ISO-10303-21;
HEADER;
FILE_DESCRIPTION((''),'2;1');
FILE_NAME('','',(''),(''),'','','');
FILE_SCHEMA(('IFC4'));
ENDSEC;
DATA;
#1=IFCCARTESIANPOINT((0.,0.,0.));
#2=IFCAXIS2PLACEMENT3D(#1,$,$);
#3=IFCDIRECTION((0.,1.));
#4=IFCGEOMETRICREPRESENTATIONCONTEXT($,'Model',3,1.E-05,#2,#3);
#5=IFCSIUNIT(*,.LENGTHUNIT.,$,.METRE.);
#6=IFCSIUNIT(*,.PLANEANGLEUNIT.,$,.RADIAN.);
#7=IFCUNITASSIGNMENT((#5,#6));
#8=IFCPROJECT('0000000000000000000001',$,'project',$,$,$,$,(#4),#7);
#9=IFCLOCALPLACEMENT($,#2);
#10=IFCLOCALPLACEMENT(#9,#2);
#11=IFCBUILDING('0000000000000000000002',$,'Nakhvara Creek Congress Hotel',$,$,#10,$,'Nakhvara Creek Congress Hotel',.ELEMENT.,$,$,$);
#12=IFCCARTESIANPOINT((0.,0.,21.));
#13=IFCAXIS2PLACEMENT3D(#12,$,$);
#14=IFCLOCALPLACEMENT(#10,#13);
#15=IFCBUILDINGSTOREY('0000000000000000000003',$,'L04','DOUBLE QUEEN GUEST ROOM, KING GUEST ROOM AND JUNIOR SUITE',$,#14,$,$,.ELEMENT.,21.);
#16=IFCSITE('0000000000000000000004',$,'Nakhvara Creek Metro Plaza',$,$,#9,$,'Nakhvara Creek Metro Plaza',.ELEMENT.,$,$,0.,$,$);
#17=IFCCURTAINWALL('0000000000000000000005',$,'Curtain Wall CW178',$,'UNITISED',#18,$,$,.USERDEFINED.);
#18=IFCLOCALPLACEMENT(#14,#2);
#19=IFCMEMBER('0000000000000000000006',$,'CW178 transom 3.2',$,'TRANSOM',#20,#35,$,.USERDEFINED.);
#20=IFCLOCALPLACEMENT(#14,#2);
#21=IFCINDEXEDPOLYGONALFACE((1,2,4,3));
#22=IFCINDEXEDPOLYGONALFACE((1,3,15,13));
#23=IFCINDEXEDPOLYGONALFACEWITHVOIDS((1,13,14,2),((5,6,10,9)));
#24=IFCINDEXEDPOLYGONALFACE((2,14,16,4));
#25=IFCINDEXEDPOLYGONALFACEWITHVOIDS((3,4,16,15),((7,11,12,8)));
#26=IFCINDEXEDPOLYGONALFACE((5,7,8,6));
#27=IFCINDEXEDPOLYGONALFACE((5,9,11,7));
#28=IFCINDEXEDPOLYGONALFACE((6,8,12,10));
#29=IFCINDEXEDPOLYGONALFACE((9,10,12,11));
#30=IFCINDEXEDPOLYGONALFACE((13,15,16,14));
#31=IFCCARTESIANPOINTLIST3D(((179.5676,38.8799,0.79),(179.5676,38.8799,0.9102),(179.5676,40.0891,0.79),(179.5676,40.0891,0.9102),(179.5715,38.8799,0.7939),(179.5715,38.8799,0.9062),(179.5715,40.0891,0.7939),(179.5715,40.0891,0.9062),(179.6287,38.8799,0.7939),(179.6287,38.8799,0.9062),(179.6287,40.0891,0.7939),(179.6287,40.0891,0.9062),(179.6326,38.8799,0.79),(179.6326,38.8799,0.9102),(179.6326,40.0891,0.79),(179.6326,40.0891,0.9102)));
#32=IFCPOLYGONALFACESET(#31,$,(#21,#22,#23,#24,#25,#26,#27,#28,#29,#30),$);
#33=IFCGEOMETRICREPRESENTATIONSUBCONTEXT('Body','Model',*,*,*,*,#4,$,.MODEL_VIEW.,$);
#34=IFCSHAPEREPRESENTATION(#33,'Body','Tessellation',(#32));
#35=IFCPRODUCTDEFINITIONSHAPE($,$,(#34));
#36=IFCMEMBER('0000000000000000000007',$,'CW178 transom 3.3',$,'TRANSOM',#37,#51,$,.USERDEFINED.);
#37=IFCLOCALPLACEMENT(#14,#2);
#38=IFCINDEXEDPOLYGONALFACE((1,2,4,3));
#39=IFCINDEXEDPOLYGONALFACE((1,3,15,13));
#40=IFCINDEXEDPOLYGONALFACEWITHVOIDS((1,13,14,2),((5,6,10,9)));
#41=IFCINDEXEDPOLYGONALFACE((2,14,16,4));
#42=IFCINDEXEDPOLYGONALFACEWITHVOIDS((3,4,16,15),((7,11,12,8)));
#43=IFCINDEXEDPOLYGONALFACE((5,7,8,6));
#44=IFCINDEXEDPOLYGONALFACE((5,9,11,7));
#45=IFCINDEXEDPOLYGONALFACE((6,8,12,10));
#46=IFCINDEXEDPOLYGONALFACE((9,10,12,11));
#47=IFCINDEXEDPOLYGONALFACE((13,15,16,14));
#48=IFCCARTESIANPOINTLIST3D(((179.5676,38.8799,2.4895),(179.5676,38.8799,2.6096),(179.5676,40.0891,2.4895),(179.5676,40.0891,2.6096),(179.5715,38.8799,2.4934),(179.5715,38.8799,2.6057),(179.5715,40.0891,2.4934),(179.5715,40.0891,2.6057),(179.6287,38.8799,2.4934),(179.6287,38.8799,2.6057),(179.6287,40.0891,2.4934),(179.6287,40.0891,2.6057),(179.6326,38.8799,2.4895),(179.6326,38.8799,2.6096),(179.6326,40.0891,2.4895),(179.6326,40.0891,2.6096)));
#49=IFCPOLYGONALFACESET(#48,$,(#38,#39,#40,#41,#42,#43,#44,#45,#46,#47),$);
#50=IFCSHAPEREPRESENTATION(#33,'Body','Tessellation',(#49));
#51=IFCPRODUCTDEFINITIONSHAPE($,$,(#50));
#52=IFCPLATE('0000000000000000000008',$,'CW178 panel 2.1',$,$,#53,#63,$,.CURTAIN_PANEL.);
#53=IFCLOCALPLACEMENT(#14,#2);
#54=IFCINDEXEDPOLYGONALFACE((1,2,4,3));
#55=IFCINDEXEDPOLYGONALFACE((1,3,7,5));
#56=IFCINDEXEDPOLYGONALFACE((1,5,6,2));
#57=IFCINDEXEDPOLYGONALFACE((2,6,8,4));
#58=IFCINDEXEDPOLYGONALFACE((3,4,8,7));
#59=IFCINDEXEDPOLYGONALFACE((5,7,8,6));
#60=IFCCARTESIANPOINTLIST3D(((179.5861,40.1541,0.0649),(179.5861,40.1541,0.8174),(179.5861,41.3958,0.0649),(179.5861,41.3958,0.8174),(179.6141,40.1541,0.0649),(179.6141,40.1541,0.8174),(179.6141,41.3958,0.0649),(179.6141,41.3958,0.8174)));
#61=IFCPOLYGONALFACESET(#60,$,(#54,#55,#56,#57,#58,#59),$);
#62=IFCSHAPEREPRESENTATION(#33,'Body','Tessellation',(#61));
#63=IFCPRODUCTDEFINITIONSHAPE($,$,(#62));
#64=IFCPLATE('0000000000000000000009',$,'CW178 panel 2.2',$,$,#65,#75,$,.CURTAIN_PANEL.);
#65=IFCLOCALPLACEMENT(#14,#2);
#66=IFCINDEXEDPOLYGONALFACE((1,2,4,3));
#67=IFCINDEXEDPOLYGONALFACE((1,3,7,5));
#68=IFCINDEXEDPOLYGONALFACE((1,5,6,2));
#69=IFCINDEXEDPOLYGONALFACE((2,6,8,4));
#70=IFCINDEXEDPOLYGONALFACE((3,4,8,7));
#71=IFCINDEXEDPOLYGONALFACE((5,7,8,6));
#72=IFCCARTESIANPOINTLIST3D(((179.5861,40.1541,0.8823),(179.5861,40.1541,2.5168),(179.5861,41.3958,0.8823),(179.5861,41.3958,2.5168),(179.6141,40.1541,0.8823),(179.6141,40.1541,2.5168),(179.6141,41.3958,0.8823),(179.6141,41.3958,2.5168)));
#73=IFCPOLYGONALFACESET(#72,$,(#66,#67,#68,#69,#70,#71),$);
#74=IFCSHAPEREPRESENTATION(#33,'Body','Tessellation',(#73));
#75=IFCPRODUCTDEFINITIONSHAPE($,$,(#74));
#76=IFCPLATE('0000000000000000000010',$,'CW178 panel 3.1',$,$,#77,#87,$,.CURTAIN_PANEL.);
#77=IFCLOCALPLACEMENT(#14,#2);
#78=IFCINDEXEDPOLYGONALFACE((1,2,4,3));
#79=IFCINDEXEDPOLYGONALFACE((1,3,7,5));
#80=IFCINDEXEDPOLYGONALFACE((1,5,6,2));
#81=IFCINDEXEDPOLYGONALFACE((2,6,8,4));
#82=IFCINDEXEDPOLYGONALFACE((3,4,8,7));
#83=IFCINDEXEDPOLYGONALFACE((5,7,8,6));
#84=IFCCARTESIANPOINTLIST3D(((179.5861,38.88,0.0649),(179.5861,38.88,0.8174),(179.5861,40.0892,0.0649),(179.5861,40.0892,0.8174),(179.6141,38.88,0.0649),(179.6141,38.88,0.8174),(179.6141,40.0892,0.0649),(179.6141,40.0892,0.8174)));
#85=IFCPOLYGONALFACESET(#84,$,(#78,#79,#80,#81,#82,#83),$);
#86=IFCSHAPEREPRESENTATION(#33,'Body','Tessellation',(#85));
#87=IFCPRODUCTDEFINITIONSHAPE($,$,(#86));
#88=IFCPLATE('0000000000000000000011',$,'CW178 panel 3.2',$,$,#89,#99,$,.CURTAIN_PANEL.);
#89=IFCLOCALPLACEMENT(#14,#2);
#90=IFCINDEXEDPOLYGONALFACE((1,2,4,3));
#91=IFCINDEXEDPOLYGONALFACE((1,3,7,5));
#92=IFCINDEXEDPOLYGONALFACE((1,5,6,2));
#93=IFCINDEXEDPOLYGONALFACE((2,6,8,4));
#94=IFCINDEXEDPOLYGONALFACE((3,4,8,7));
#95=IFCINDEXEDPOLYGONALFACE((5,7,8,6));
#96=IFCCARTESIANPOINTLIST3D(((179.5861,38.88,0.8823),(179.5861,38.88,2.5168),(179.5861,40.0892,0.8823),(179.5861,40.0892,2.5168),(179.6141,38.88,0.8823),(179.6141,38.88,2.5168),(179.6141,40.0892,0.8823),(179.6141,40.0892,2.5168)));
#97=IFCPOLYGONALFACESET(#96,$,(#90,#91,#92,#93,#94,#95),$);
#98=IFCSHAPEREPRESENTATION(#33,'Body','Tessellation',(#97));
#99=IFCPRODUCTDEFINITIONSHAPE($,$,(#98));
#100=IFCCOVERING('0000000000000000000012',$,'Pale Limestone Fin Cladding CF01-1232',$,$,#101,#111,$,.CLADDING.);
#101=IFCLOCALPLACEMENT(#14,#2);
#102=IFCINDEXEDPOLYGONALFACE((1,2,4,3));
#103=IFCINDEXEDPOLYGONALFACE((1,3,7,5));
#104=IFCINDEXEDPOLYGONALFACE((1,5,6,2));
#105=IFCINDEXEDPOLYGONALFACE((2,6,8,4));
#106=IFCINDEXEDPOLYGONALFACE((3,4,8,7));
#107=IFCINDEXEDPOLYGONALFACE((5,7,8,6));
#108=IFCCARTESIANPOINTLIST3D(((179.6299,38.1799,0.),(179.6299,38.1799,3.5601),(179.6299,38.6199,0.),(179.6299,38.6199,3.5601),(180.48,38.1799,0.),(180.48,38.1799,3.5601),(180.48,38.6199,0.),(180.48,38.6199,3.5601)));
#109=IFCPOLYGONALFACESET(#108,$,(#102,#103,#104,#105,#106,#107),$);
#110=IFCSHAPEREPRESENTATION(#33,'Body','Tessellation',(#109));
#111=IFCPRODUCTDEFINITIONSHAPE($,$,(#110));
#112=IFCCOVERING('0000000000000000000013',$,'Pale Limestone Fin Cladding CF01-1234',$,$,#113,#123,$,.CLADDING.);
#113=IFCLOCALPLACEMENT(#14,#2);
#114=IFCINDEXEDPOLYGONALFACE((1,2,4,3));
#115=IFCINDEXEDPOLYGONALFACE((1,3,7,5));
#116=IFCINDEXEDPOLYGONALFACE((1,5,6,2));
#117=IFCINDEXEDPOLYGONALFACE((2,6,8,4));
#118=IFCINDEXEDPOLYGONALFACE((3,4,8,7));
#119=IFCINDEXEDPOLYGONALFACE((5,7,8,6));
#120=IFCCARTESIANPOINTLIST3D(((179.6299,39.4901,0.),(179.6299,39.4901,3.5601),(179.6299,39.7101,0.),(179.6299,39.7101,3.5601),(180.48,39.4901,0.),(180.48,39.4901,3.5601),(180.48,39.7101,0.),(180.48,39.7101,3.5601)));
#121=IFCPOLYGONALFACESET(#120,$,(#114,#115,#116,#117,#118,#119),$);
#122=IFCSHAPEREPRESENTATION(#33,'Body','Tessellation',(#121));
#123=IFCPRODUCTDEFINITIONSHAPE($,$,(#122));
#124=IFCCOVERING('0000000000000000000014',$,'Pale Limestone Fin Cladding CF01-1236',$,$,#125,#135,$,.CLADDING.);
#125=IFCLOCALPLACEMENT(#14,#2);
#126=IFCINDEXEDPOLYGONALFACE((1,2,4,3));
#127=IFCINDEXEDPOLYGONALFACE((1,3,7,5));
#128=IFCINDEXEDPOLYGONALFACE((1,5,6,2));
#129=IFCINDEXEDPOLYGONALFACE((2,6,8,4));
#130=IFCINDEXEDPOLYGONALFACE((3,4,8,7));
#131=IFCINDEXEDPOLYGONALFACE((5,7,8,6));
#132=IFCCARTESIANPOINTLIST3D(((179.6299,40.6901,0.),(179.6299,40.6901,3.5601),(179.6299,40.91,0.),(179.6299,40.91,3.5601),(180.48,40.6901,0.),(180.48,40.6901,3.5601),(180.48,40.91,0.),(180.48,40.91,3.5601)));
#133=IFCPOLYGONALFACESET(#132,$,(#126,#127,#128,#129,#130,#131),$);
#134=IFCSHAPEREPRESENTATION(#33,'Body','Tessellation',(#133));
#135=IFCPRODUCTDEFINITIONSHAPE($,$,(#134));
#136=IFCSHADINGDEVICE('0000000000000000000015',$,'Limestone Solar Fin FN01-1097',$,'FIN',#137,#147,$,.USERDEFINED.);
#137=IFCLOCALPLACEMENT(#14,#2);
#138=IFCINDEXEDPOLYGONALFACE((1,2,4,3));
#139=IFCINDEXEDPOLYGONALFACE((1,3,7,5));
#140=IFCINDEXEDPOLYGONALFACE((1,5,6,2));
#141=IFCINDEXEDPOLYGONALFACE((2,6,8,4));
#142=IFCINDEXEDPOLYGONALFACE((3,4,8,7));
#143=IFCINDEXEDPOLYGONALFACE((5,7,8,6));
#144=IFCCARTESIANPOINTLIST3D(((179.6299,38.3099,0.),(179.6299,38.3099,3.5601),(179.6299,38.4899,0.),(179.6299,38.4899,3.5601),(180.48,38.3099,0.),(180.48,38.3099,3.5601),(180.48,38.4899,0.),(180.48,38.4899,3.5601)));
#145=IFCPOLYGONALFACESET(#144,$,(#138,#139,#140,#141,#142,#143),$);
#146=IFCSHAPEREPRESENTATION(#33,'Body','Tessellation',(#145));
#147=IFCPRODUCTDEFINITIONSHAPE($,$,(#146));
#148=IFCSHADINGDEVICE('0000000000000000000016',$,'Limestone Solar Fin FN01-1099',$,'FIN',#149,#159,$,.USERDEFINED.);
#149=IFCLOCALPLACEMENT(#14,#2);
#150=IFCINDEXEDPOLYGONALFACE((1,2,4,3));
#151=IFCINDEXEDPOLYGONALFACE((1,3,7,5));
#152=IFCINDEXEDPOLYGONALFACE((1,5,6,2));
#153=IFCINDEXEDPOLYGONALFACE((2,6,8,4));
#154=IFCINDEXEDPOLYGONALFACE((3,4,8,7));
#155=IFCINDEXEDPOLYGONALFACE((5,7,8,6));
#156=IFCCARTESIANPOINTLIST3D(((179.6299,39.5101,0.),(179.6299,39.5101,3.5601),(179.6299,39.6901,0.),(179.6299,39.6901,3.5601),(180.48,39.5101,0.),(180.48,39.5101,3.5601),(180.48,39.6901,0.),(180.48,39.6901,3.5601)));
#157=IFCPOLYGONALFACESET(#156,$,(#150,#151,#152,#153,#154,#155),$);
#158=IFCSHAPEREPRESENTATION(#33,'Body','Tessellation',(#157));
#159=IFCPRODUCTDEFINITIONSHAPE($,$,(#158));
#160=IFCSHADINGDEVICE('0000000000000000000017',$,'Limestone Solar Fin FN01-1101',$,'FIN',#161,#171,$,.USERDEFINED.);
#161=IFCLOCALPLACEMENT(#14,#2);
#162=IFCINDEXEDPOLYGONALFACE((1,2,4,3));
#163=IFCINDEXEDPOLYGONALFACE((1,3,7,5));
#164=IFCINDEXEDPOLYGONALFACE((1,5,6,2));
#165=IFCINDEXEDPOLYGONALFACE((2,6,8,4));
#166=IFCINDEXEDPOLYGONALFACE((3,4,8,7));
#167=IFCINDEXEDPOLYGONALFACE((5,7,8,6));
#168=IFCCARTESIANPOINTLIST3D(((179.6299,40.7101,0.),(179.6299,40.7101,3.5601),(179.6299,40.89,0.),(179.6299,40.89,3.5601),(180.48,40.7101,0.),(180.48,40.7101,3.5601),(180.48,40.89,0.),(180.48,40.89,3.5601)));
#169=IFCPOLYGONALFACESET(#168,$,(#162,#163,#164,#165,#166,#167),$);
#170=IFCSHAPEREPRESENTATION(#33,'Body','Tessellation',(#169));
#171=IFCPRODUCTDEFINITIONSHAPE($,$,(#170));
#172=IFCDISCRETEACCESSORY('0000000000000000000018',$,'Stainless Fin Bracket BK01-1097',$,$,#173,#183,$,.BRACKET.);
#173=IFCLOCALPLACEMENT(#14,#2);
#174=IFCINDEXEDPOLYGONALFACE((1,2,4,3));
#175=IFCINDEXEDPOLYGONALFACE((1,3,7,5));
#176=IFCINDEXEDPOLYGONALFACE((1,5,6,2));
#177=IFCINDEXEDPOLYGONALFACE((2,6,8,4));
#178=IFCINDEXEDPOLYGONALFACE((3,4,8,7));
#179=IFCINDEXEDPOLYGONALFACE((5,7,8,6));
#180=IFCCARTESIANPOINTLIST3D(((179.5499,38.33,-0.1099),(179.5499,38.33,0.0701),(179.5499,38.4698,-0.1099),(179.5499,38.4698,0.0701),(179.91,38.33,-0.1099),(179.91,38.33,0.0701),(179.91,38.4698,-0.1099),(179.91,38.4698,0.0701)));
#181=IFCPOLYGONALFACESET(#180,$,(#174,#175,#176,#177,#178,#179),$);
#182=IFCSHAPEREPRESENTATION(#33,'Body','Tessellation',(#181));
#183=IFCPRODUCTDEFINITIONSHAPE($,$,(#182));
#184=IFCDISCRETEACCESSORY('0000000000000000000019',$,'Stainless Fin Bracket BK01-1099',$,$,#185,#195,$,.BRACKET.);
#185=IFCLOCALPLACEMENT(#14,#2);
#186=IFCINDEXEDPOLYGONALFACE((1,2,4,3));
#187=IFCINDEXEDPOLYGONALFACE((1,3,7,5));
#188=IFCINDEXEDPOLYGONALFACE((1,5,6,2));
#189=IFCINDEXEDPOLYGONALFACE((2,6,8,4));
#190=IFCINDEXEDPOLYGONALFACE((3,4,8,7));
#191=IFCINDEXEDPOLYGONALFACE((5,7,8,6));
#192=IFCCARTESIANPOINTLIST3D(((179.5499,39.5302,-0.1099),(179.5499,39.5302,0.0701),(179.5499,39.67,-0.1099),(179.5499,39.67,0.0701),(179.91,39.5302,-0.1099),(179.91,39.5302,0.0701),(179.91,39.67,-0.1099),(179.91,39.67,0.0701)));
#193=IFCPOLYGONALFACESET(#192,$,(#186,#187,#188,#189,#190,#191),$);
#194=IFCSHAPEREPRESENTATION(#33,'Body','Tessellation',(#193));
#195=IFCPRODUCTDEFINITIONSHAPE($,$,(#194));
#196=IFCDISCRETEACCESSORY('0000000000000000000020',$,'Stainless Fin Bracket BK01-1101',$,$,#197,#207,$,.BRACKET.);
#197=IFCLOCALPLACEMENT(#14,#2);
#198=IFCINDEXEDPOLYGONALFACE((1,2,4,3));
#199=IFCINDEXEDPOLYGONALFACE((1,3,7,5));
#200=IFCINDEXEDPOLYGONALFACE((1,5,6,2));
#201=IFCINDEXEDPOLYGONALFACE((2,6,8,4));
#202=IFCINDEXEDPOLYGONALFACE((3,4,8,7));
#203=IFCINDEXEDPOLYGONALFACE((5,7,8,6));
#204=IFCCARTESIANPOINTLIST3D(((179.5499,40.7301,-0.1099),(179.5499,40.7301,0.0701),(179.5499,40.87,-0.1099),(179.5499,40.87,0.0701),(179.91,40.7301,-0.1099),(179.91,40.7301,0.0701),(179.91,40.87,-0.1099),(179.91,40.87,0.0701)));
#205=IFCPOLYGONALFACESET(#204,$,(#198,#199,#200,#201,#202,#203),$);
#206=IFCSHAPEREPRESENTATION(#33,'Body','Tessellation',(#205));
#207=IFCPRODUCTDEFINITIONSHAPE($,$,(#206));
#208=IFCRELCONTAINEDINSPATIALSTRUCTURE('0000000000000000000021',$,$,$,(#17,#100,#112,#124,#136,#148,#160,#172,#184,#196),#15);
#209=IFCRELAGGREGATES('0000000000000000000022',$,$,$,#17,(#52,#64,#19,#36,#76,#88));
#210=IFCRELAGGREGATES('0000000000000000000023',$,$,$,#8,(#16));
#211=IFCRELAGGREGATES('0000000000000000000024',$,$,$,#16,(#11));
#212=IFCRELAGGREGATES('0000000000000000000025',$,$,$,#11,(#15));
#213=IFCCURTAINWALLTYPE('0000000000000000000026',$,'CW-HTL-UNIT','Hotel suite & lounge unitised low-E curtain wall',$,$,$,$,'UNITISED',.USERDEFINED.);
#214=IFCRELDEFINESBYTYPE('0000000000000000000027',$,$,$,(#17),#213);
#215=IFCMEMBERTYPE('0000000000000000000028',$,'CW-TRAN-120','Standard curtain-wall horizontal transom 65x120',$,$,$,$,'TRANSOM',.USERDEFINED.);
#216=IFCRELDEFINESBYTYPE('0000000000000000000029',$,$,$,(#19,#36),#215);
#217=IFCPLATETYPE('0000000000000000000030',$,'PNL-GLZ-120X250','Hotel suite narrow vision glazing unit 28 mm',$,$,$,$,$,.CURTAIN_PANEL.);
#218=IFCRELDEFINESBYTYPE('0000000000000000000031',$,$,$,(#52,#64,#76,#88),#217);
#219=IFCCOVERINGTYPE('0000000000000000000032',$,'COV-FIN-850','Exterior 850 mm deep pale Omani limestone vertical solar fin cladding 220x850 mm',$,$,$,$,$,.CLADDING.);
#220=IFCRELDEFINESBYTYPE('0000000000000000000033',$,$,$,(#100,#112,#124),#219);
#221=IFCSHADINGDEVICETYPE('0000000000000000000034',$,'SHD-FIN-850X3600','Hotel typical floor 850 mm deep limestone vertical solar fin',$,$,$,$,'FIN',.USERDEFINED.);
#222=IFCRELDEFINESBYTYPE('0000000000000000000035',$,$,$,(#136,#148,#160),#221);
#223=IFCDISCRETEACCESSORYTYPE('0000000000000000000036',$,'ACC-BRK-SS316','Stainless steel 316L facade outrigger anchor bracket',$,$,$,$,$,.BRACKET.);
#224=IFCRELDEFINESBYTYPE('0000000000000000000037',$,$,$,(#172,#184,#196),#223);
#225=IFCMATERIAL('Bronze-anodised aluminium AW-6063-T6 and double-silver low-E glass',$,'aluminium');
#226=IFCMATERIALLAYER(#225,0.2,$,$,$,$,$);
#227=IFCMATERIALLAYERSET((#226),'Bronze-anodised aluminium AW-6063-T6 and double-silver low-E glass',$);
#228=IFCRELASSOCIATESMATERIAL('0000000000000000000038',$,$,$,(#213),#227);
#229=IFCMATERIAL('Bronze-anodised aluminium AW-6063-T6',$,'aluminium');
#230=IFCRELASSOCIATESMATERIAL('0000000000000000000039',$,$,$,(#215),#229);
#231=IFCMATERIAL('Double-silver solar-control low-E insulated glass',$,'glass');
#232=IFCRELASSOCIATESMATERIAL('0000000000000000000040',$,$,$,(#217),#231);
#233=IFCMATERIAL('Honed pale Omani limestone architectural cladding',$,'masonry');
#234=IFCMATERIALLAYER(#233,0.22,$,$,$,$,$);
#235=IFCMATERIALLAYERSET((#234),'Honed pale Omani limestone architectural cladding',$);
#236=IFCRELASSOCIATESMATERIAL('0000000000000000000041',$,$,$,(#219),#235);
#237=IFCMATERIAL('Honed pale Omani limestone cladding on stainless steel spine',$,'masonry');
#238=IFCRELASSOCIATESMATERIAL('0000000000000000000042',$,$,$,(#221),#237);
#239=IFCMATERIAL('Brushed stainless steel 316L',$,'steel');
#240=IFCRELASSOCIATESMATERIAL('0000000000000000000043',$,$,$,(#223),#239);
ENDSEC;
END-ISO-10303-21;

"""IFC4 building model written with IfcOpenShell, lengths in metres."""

from ifc_helpers import new_model, si_unit, direction, frame, origin, origin_2d, place, context, subcontext, project, spatial, rectangle, hollow_rectangle, extrude, material, layer, layer_set, material_profile, profile_set, type_object, element, aggregate, save


model = new_model("IFC4")

# Units and contexts
model_context = context("Model", 3, precision=1e-05, world=origin(), true_north=direction((0.0, 1.0)))
body_context = subcontext(model_context, "Body", "Model", "MODEL_VIEW")
ifc_project = project(units=[si_unit("LENGTHUNIT", "METRE"), si_unit("PLANEANGLEUNIT", "RADIAN")], contexts=[model_context])

# Site, building, storey
site_placement = place(None, origin())
site = spatial("IfcSite", under=ifc_project, at=site_placement, Name="Nakhvara Creek Metro Plaza", LongName="Nakhvara Creek Metro Plaza", CompositionType="ELEMENT", RefElevation=0.0)
building_placement = place(site_placement, origin())
building = spatial("IfcBuilding", under=site, at=building_placement, Name="Nakhvara Creek Congress Hotel", LongName="Nakhvara Creek Congress Hotel", CompositionType="ELEMENT")
storey_placement = place(building_placement, frame((0.0, 0.0, 21.0)))
storey = spatial("IfcBuildingStorey", under=building, at=storey_placement, Name="L04", Description="DOUBLE QUEEN GUEST ROOM, KING GUEST ROOM AND JUNIOR SUITE", CompositionType="ELEMENT", Elevation=21.0)

# Shared definitions
ifc_material_1 = material(Name="Bronze-anodised aluminium AW-6063-T6 and double-silver low-E glass", Category="aluminium")
ifc_layer_1 = layer(ifc_material_1, 0.2)
ifc_layer_set_1 = layer_set([ifc_layer_1], Name="Bronze-anodised aluminium AW-6063-T6 and double-silver low-E glass")
curtain_wall_type = type_object("IfcCurtainWallType", Name="CW-HTL-UNIT", Description="Hotel suite & lounge unitised low-E curtain wall", ElementType="UNITISED", PredefinedType="USERDEFINED", material=ifc_layer_set_1)
ifc_material_2 = material(Name="Bronze-anodised aluminium AW-6063-T6", Category="aluminium")

# Curtain wall
curtain_wall_1_placement = place(storey_placement, origin())
curtain_wall_1 = element("IfcCurtainWall", 1, at=curtain_wall_1_placement, inside=storey, type_object=curtain_wall_type, Name="Curtain Wall CW178", ObjectType="UNITISED", PredefinedType="USERDEFINED")

# Members
ifc_material_profile_1 = material_profile(ifc_material_2, hollow_rectangle(XDim=0.0649, YDim=0.1201, WallThickness=0.0039, at=origin_2d()), Name="ALU-TRAN 65x120x4", Category="LoadBearing")
ifc_profile_set_1 = profile_set([ifc_material_profile_1], Name="Bronze-anodised aluminium AW-6063-T6")
member_type_1 = type_object("IfcMemberType", Name="CW-TRAN-120", Description="Standard curtain-wall horizontal transom 65x120", ElementType="TRANSOM", PredefinedType="USERDEFINED", material=ifc_profile_set_1)
member_1_placement = place(storey_placement, frame((179.6001, 40.0891, 0.8501), z_axis=(0.0, -1.0, 0.0), x_axis=(1.0, 0.0, 0.0)))
member_1 = element("IfcMember", 2, at=member_1_placement, type_object=member_type_1, Name="CW178 transom 3.2", ObjectType="TRANSOM", PredefinedType="USERDEFINED", context=body_context, shape_type="SweptSolid", body=[
    extrude(hollow_rectangle(XDim=0.0649, YDim=0.1201, WallThickness=0.0039, at=origin_2d()), origin(), (0.0, 0.0, 1.0), 1.2092),
])
member_2_placement = place(storey_placement, frame((179.6001, 40.0891, 2.5496), z_axis=(0.0, -1.0, 0.0), x_axis=(1.0, 0.0, 0.0)))
member_2 = element("IfcMember", 3, at=member_2_placement, type_object=member_type_1, Name="CW178 transom 3.3", ObjectType="TRANSOM", PredefinedType="USERDEFINED", context=body_context, shape_type="SweptSolid", body=[
    extrude(hollow_rectangle(XDim=0.0649, YDim=0.1201, WallThickness=0.0039, at=origin_2d()), origin(), (0.0, 0.0, 1.0), 1.2092),
])

# Plates
ifc_material_3 = material(Name="Double-silver solar-control low-E insulated glass", Category="glass")
plate_type = type_object("IfcPlateType", Name="PNL-GLZ-120X250", Description="Hotel suite narrow vision glazing unit 28 mm", PredefinedType="CURTAIN_PANEL", material=ifc_material_3)
plate_1_placement = place(storey_placement, frame((179.6001, 40.7749, 0.0649), z_axis=(0.0, 0.0, 1.0), x_axis=(0.0, -1.0, 0.0)))
plate_1 = element("IfcPlate", 4, at=plate_1_placement, type_object=plate_type, Name="CW178 panel 2.1", PredefinedType="CURTAIN_PANEL", context=body_context, shape_type="SweptSolid", body=[
    extrude(rectangle(XDim=1.2417, YDim=0.0281, at=origin_2d()), origin(), (0.0, 0.0, 1.0), 0.7524),
])
plate_2_placement = place(storey_placement, frame((179.6001, 40.7749, 0.8823), z_axis=(0.0, 0.0, 1.0), x_axis=(0.0, -1.0, 0.0)))
plate_2 = element("IfcPlate", 5, at=plate_2_placement, type_object=plate_type, Name="CW178 panel 2.2", PredefinedType="CURTAIN_PANEL", context=body_context, shape_type="SweptSolid", body=[
    extrude(rectangle(XDim=1.2417, YDim=0.0281, at=origin_2d()), origin(), (0.0, 0.0, 1.0), 1.6345),
])
plate_3_placement = place(storey_placement, frame((179.6001, 39.4846, 0.0649), z_axis=(0.0, 0.0, 1.0), x_axis=(0.0, -1.0, 0.0)))
plate_3 = element("IfcPlate", 6, at=plate_3_placement, type_object=plate_type, Name="CW178 panel 3.1", PredefinedType="CURTAIN_PANEL", context=body_context, shape_type="SweptSolid", body=[
    extrude(rectangle(XDim=1.2092, YDim=0.0281, at=origin_2d()), origin(), (0.0, 0.0, 1.0), 0.7524),
])
plate_4_placement = place(storey_placement, frame((179.6001, 39.4846, 0.8823), z_axis=(0.0, 0.0, 1.0), x_axis=(0.0, -1.0, 0.0)))
plate_4 = element("IfcPlate", 7, at=plate_4_placement, type_object=plate_type, Name="CW178 panel 3.2", PredefinedType="CURTAIN_PANEL", context=body_context, shape_type="SweptSolid", body=[
    extrude(rectangle(XDim=1.2092, YDim=0.0281, at=origin_2d()), origin(), (0.0, 0.0, 1.0), 1.6345),
])
aggregate(curtain_wall_1, [plate_1, plate_2, member_1, member_2, plate_3, plate_4])

# Coverings
ifc_material_4 = material(Name="Honed pale Omani limestone architectural cladding", Category="masonry")
ifc_layer_2 = layer(ifc_material_4, 0.22)
ifc_layer_set_2 = layer_set([ifc_layer_2], Name="Honed pale Omani limestone architectural cladding")
covering_type = type_object("IfcCoveringType", Name="COV-FIN-850", Description="Exterior 850 mm deep pale Omani limestone vertical solar fin cladding 220x850 mm", PredefinedType="CLADDING", material=ifc_layer_set_2)
covering_placement = place(storey_placement, frame((180.0549, 38.3999, 0.0), z_axis=(0.0, 0.0, 1.0), x_axis=(0.0, 1.0, 0.0)))
element("IfcCovering", 8, at=covering_placement, inside=storey, type_object=covering_type, Name="Pale Limestone Fin Cladding CF01-1232", PredefinedType="CLADDING", context=body_context, shape_type="SweptSolid", body=[
    extrude(rectangle(XDim=0.4399, YDim=0.8501, at=origin_2d()), origin(), (0.0, 0.0, 1.0), 3.5601),
])
for number, where, z_axis, x_axis, name in (
    (9, (180.0549, 39.6001, 0.0), (0.0, 0.0, 1.0), (0.0, 1.0, 0.0), "Pale Limestone Fin Cladding CF01-1234"),
    (10, (180.0549, 40.8, 0.0), (0.0, 0.0, 1.0), (0.0, 1.0, 0.0), "Pale Limestone Fin Cladding CF01-1236"),
):
    element("IfcCovering", number, at=place(storey_placement, frame(where, z_axis=z_axis, x_axis=x_axis)), inside=storey, type_object=covering_type, Name=name, PredefinedType="CLADDING", context=body_context, shape_type="SweptSolid", body=[
        extrude(rectangle(XDim=0.22, YDim=0.8501, at=origin_2d()), origin(), (0.0, 0.0, 1.0), 3.5601),
    ])

# Shading devices
ifc_material_5 = material(Name="Honed pale Omani limestone cladding on stainless steel spine", Category="masonry")
shading_device_type = type_object("IfcShadingDeviceType", Name="SHD-FIN-850X3600", Description="Hotel typical floor 850 mm deep limestone vertical solar fin", ElementType="FIN", PredefinedType="USERDEFINED", material=ifc_material_5)
for number, where, z_axis, x_axis, name in (
    (11, (180.0549, 38.3999, 0.0), (0.0, 0.0, 1.0), (0.0, 1.0, 0.0), "Limestone Solar Fin FN01-1097"),
    (12, (180.0549, 39.6001, 0.0), (0.0, 0.0, 1.0), (0.0, 1.0, 0.0), "Limestone Solar Fin FN01-1099"),
    (13, (180.0549, 40.8, 0.0), (0.0, 0.0, 1.0), (0.0, 1.0, 0.0), "Limestone Solar Fin FN01-1101"),
):
    element("IfcShadingDevice", number, at=place(storey_placement, frame(where, z_axis=z_axis, x_axis=x_axis)), inside=storey, type_object=shading_device_type, Name=name, ObjectType="FIN", PredefinedType="USERDEFINED", context=body_context, shape_type="SweptSolid", body=[
        extrude(rectangle(XDim=0.1799, YDim=0.8501, at=origin_2d()), origin(), (0.0, 0.0, 1.0), 3.5601),
    ])

# Discrete accessories
ifc_material_6 = material(Name="Brushed stainless steel 316L", Category="steel")
discrete_accessory_type = type_object("IfcDiscreteAccessoryType", Name="ACC-BRK-SS316", Description="Stainless steel 316L facade outrigger anchor bracket", PredefinedType="BRACKET", material=ifc_material_6)
for number, where, z_axis, x_axis, name in (
    (14, (179.73, 38.3999, -0.1099), (0.0, 0.0, 1.0), (0.0, 1.0, 0.0), "Stainless Fin Bracket BK01-1097"),
    (15, (179.73, 39.6001, -0.1099), (0.0, 0.0, 1.0), (0.0, 1.0, 0.0), "Stainless Fin Bracket BK01-1099"),
    (16, (179.73, 40.8, -0.1099), (0.0, 0.0, 1.0), (0.0, 1.0, 0.0), "Stainless Fin Bracket BK01-1101"),
):
    element("IfcDiscreteAccessory", number, at=place(storey_placement, frame(where, z_axis=z_axis, x_axis=x_axis)), inside=storey, type_object=discrete_accessory_type, Name=name, PredefinedType="BRACKET", context=body_context, shape_type="SweptSolid", body=[
        extrude(rectangle(XDim=0.1399, YDim=0.3601, at=origin_2d()), origin(), (0.0, 0.0, 1.0), 0.1799),
    ])

save(model, "model.ifc")
